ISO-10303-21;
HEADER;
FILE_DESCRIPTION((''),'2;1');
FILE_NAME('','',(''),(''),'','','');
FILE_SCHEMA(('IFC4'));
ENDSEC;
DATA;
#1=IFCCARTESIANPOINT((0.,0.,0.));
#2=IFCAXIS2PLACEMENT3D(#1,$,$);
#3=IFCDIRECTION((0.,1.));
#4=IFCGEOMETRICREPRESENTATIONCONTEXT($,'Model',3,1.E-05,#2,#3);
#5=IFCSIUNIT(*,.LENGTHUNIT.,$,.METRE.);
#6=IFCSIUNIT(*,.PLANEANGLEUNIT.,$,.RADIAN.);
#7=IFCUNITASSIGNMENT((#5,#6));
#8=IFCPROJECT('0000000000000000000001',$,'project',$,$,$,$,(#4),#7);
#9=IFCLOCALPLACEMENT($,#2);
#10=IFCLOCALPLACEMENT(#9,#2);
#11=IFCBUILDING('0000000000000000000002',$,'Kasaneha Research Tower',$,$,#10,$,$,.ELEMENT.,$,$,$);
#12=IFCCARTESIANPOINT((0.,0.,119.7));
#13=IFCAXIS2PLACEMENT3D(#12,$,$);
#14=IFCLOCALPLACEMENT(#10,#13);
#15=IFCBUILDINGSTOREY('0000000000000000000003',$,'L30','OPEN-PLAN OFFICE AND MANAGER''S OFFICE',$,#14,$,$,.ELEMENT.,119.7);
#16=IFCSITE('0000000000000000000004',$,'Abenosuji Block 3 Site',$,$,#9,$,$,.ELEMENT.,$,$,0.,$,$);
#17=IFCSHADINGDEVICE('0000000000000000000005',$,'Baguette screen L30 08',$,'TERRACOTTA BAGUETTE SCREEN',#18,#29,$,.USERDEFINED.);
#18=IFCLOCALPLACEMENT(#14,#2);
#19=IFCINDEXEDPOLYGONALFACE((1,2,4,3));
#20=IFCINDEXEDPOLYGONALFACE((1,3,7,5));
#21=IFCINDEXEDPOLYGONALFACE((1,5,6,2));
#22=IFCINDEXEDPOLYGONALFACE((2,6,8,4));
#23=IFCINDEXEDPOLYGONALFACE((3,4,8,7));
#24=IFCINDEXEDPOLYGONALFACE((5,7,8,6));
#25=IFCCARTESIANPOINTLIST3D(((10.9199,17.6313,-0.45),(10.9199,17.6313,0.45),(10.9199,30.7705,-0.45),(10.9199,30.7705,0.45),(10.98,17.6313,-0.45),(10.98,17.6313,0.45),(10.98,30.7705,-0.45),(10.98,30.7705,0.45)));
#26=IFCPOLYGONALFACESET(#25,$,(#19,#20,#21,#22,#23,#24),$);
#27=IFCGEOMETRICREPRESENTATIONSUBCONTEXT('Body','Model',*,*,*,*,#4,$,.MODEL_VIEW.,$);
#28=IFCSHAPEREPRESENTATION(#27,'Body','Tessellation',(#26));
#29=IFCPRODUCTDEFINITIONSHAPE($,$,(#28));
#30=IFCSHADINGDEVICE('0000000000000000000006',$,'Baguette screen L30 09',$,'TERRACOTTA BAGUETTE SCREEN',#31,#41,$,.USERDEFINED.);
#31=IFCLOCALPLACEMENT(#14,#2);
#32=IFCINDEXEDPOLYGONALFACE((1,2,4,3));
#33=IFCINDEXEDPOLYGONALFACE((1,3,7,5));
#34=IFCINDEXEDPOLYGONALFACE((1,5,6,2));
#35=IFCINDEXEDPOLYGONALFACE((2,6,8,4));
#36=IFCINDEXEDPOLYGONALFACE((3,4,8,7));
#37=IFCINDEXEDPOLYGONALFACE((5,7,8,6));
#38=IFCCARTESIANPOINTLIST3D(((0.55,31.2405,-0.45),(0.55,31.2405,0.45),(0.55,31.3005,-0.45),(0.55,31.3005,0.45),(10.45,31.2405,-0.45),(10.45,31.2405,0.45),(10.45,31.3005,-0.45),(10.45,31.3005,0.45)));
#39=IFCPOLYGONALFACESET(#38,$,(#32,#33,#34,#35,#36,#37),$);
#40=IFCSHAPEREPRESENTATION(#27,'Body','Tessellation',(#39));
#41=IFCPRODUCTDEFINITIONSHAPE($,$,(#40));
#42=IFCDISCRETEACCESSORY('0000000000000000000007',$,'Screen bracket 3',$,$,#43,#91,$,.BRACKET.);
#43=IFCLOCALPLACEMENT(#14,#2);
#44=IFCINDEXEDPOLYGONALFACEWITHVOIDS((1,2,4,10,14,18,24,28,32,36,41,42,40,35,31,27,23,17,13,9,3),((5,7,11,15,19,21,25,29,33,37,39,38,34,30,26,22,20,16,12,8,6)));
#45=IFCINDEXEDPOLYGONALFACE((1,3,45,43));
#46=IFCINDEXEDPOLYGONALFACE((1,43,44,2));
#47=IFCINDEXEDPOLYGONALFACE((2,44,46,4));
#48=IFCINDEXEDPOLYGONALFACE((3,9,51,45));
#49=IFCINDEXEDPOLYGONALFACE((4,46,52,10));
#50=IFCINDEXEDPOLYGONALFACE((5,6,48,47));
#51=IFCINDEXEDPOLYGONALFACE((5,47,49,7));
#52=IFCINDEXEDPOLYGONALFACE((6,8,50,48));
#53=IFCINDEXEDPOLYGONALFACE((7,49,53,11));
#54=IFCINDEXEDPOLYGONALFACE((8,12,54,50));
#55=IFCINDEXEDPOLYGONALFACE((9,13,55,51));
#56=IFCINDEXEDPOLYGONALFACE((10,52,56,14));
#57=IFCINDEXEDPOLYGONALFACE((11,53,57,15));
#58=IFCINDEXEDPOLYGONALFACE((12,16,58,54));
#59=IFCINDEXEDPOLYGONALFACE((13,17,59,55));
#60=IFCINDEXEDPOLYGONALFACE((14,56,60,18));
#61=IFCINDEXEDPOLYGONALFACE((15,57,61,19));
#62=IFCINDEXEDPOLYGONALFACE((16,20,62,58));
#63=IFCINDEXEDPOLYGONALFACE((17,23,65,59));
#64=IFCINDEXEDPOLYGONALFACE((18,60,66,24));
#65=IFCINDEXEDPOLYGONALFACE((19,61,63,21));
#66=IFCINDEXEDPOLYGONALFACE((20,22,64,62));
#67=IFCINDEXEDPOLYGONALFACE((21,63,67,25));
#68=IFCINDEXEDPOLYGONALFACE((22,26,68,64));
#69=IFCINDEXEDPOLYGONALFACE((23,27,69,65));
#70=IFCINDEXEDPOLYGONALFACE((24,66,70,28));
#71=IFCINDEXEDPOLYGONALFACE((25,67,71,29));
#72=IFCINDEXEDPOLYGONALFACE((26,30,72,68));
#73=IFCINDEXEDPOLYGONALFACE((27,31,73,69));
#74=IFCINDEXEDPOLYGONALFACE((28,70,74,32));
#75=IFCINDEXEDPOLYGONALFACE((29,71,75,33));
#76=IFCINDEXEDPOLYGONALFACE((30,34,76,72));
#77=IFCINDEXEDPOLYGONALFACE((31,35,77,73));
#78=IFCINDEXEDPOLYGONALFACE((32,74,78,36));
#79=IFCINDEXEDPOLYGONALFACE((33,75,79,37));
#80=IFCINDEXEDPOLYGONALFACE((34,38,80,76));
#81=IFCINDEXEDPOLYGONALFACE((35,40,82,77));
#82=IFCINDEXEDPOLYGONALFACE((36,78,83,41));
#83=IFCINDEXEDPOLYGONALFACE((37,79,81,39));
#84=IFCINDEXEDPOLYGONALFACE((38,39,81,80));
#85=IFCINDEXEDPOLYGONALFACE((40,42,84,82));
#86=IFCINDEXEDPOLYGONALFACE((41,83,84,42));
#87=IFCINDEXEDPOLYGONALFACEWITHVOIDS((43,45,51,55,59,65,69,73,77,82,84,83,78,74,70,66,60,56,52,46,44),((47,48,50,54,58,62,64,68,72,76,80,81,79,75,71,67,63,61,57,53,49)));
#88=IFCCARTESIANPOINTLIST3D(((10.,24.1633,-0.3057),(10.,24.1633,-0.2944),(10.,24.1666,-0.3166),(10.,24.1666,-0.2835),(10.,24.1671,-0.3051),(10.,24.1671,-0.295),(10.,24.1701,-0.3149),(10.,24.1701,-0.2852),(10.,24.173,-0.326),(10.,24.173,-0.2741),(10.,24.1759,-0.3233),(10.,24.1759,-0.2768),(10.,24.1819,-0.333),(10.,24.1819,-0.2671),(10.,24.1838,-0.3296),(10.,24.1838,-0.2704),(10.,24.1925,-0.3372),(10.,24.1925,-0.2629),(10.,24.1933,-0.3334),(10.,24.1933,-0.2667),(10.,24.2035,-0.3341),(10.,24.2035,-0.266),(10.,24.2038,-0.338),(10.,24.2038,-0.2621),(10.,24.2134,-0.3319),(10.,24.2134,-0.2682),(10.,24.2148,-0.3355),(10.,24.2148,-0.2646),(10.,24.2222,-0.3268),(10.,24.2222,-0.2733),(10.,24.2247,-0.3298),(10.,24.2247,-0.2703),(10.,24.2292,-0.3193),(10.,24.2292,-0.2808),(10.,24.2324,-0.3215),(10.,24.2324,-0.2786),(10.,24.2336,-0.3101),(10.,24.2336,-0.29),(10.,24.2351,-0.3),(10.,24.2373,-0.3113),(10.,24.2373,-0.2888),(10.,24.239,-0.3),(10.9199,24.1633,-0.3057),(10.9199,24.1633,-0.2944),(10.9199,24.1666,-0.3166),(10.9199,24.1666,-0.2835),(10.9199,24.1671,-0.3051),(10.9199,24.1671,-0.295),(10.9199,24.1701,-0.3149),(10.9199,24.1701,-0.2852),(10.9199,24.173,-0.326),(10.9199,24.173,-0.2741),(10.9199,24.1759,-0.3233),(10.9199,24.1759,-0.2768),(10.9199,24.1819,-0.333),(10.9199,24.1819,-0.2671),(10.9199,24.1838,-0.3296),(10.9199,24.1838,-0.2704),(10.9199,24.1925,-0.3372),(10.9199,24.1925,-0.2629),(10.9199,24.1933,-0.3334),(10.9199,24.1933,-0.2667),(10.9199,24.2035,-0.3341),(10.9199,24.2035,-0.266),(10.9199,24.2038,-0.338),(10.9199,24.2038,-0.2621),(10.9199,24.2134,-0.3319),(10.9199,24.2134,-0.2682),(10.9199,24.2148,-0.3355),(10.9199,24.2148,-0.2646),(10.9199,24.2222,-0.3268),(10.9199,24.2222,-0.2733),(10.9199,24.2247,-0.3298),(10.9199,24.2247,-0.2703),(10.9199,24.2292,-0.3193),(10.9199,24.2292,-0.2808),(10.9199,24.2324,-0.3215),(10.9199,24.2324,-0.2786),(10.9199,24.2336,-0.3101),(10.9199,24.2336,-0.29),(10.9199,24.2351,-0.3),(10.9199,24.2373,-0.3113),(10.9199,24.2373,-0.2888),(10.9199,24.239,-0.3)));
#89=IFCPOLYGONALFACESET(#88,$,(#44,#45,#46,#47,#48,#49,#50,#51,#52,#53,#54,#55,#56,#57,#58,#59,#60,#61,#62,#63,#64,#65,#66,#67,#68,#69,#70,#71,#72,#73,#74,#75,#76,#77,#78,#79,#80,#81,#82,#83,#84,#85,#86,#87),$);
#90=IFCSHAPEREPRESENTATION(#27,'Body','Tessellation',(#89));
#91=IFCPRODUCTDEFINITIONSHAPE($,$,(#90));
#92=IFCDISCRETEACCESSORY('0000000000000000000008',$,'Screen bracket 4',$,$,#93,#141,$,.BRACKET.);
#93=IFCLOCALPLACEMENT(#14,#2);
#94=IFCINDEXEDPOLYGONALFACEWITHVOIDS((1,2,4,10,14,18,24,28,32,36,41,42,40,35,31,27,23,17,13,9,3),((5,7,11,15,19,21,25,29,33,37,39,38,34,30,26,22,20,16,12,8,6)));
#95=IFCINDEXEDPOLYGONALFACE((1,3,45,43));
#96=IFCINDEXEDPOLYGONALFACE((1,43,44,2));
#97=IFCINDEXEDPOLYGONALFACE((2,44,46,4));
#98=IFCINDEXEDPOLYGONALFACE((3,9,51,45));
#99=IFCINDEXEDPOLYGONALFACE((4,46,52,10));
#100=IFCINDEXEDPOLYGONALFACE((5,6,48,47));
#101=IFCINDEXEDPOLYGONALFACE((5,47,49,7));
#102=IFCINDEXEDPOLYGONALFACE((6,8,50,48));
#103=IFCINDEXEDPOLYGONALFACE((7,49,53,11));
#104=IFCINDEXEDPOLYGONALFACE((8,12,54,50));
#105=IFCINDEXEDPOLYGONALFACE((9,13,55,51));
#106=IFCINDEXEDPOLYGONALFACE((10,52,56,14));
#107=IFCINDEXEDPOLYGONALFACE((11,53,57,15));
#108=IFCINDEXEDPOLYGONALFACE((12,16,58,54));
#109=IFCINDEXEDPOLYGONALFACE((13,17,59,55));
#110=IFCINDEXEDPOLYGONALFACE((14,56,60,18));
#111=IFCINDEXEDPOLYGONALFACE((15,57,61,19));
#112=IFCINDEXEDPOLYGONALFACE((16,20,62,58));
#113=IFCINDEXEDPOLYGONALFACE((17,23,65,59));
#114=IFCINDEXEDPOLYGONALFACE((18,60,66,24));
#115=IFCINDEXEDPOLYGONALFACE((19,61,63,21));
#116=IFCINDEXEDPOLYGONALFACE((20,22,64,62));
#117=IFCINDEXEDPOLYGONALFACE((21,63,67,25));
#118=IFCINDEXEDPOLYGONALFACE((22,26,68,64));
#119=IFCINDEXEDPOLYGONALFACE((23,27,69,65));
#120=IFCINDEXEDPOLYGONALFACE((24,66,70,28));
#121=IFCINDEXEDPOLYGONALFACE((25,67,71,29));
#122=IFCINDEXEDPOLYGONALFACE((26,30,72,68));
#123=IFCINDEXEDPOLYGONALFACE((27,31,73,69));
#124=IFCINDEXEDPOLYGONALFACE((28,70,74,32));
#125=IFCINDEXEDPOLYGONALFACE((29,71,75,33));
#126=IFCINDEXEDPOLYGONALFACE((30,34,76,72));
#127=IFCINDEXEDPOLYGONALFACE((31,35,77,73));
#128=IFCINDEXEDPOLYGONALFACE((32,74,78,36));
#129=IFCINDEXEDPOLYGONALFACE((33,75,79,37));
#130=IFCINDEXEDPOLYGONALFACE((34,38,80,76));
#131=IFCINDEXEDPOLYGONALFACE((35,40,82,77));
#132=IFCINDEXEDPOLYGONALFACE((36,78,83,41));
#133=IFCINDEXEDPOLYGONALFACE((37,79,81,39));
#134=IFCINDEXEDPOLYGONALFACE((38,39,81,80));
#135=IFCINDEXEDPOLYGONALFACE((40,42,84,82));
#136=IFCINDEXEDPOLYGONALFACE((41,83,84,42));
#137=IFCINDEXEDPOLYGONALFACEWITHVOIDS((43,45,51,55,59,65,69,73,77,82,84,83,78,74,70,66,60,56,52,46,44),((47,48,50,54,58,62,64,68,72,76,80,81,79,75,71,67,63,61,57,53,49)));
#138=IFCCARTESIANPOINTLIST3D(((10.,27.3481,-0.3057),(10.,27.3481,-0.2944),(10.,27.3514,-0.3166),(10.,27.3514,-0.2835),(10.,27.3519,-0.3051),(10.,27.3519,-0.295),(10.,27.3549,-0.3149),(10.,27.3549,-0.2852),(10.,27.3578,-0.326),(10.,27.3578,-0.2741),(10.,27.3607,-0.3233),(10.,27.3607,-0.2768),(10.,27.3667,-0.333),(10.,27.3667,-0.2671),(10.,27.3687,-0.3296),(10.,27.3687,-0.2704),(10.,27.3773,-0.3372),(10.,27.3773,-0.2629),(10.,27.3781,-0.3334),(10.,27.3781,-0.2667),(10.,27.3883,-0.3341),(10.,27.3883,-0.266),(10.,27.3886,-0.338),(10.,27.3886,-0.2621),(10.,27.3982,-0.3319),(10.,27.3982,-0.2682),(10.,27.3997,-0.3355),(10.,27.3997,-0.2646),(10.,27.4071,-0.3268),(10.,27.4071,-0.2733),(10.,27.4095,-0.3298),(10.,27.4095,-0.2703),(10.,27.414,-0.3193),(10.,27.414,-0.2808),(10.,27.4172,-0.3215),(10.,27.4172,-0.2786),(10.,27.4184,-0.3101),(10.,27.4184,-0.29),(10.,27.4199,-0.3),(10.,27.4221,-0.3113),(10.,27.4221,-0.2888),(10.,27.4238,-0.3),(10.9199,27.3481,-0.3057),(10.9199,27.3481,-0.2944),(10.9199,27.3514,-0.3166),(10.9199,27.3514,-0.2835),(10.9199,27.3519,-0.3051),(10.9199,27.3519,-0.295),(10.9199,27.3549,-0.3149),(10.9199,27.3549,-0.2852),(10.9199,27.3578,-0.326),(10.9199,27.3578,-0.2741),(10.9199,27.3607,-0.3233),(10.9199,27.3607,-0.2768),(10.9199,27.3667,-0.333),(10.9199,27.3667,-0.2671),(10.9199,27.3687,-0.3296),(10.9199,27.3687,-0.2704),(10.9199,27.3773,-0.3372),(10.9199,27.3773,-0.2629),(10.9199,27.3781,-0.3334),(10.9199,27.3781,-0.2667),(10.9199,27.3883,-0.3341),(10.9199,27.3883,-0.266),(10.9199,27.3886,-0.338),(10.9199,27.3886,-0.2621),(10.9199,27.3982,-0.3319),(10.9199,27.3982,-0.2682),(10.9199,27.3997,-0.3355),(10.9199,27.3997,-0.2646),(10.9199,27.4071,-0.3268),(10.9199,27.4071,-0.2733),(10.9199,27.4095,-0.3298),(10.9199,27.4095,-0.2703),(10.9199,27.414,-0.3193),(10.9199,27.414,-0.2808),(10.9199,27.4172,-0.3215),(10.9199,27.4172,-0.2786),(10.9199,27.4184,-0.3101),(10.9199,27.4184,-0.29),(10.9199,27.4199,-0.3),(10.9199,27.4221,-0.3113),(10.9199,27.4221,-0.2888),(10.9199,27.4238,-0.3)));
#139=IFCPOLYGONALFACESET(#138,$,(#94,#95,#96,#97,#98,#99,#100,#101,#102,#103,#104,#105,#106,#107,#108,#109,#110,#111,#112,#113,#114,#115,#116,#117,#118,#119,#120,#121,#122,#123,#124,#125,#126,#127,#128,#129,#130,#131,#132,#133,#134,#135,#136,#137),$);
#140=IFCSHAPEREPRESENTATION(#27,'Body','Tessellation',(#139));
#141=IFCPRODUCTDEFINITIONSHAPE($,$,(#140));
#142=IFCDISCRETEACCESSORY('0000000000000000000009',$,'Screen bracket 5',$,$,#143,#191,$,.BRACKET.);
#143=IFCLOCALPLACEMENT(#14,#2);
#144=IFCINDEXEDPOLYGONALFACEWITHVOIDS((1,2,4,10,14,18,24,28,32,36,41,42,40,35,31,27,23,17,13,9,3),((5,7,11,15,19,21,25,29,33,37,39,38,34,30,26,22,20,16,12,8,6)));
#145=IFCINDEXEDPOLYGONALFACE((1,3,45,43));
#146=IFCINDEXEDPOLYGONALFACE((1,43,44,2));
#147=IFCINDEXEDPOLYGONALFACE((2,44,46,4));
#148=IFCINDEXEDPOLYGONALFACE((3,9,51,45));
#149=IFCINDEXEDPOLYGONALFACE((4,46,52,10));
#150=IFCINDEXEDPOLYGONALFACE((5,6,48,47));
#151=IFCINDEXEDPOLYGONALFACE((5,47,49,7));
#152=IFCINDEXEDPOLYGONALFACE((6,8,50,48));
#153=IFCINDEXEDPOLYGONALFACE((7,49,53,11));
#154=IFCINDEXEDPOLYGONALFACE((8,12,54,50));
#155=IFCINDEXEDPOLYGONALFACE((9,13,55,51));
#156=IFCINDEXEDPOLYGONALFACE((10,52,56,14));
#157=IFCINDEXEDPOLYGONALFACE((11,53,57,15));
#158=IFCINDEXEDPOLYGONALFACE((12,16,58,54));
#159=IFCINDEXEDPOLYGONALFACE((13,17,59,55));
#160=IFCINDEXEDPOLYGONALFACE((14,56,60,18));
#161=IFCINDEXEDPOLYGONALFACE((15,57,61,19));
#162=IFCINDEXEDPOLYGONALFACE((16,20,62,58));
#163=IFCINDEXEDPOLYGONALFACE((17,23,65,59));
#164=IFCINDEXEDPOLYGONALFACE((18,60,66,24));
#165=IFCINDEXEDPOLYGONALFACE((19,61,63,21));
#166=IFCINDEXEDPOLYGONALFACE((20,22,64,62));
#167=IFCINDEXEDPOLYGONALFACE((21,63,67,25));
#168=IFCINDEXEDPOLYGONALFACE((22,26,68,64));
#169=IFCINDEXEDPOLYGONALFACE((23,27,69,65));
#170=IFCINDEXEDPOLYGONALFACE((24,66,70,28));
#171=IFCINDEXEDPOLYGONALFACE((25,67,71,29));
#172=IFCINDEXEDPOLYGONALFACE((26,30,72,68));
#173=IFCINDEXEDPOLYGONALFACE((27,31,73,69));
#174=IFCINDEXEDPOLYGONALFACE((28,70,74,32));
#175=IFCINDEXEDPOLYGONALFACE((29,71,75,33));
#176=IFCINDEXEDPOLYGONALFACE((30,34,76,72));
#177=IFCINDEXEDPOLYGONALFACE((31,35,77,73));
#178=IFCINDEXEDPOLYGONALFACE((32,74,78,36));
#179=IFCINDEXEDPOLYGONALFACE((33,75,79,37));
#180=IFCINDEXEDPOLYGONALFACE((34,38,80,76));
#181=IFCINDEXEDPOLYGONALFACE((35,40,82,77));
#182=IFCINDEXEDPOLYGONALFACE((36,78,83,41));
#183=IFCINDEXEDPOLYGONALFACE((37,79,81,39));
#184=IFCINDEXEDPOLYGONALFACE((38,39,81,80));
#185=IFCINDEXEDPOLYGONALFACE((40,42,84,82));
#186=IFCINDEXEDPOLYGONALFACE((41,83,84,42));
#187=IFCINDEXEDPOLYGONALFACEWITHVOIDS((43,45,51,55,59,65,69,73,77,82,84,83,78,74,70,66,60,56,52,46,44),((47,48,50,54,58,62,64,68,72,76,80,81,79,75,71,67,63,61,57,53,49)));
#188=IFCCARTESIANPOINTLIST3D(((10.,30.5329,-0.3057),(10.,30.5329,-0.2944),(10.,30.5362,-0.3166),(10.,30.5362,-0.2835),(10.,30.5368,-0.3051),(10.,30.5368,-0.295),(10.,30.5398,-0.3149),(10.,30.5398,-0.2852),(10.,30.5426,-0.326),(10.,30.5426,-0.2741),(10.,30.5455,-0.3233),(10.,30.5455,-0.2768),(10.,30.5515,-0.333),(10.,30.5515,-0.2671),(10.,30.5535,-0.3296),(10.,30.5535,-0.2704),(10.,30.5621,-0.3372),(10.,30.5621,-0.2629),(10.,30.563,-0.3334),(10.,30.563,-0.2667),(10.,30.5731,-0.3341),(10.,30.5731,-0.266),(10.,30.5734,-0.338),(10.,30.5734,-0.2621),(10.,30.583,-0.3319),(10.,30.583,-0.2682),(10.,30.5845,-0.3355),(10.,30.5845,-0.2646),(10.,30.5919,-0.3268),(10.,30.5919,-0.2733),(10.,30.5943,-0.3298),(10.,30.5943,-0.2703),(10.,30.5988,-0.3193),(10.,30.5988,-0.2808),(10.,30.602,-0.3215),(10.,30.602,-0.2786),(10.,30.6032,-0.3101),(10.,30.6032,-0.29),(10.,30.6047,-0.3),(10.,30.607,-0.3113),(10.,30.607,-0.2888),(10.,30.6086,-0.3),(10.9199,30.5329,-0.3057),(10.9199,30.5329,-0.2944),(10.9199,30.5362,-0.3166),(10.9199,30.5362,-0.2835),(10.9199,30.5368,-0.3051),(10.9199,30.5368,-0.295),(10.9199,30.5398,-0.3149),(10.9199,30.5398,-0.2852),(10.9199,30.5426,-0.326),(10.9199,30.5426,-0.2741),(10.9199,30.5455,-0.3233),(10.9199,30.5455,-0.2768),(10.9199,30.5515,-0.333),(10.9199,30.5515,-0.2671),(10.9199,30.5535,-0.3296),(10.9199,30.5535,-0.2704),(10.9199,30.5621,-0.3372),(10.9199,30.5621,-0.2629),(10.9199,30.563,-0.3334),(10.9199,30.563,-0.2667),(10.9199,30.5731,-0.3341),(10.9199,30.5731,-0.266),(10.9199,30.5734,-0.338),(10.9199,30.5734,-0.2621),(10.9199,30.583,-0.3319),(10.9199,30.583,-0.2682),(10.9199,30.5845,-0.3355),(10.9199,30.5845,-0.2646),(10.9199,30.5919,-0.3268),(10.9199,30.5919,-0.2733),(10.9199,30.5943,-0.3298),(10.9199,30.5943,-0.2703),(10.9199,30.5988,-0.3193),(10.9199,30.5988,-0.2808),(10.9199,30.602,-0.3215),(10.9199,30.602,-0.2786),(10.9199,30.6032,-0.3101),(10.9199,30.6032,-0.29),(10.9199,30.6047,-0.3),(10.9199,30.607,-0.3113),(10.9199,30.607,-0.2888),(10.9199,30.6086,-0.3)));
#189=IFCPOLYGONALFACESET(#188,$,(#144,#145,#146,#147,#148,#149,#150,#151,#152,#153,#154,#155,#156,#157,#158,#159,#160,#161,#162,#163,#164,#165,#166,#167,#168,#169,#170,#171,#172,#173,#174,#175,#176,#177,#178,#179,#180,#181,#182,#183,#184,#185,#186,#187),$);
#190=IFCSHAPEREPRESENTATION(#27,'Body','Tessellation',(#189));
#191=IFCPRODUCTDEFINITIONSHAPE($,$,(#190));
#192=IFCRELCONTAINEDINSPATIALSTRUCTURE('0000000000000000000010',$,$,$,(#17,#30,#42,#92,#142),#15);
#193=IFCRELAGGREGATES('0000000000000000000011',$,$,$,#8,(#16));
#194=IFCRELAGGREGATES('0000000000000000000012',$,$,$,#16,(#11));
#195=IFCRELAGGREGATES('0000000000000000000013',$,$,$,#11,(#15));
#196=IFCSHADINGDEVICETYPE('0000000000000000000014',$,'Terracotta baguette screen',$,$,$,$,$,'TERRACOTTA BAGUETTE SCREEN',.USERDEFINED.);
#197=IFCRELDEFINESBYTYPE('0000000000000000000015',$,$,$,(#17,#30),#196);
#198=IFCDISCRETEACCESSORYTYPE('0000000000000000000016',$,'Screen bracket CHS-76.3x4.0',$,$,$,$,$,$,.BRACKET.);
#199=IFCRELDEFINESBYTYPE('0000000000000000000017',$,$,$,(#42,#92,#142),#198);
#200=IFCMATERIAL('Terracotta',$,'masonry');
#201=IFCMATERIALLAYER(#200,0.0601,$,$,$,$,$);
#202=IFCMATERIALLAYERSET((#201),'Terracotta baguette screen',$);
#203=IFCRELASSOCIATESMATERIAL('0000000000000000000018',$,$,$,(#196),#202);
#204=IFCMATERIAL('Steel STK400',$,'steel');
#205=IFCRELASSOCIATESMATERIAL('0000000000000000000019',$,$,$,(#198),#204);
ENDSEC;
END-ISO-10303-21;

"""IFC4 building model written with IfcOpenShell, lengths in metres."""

from ifc_helpers import new_model, si_unit, direction, frame, origin, origin_2d, place, context, subcontext, project, spatial, rectangle, hollow_circle, extrude, material, layer, layer_set, material_profile, profile_set, type_object, element, save


model = new_model("IFC4")

# Units and contexts
model_context = context("Model", 3, precision=1e-05, world=origin(), true_north=direction((0.0, 1.0)))
body_context = subcontext(model_context, "Body", "Model", "MODEL_VIEW")
ifc_project = project(units=[si_unit("LENGTHUNIT", "METRE"), si_unit("PLANEANGLEUNIT", "RADIAN")], contexts=[model_context])

# Site, building, storey
site_placement = place(None, origin())
site = spatial("IfcSite", under=ifc_project, at=site_placement, Name="Abenosuji Block 3 Site", CompositionType="ELEMENT", RefElevation=0.0)
building_placement = place(site_placement, origin())
building = spatial("IfcBuilding", under=site, at=building_placement, Name="Kasaneha Research Tower", CompositionType="ELEMENT")
storey_placement = place(building_placement, frame((0.0, 0.0, 119.7)))
storey = spatial("IfcBuildingStorey", under=building, at=storey_placement, Name="L30", Description="OPEN-PLAN OFFICE AND MANAGER'S OFFICE", CompositionType="ELEMENT", Elevation=119.7)

# Shading devices
ifc_material_1 = material(Name="Terracotta", Category="masonry")
ifc_layer_1 = layer(ifc_material_1, 0.0601)
ifc_layer_set_1 = layer_set([ifc_layer_1], Name="Terracotta baguette screen")
shading_device_type = type_object("IfcShadingDeviceType", Name="Terracotta baguette screen", ElementType="TERRACOTTA BAGUETTE SCREEN", PredefinedType="USERDEFINED", material=ifc_layer_set_1)
shading_device_1_placement = place(storey_placement, frame((10.95, 24.2009, -0.45), z_axis=(0.0, 0.0, 1.0), x_axis=(0.0, 1.0, 0.0)))
element("IfcShadingDevice", 1, at=shading_device_1_placement, inside=storey, type_object=shading_device_type, Name="Baguette screen L30 08", ObjectType="TERRACOTTA BAGUETTE SCREEN", PredefinedType="USERDEFINED", context=body_context, shape_type="SweptSolid", body=[
    extrude(rectangle(XDim=13.1392, YDim=0.0601, at=origin_2d()), origin(), (0.0, 0.0, 1.0), 0.8999),
])
shading_device_2_placement = place(storey_placement, frame((5.5, 31.2705, -0.45), z_axis=(0.0, 0.0, 1.0), x_axis=(-1.0, 0.0, 0.0)))
element("IfcShadingDevice", 2, at=shading_device_2_placement, inside=storey, type_object=shading_device_type, Name="Baguette screen L30 09", ObjectType="TERRACOTTA BAGUETTE SCREEN", PredefinedType="USERDEFINED", context=body_context, shape_type="SweptSolid", body=[
    extrude(rectangle(XDim=9.8999, YDim=0.0601, at=origin_2d()), origin(), (0.0, 0.0, 1.0), 0.8999),
])

# Discrete accessories
ifc_material_2 = material(Name="Steel STK400", Category="steel")
ifc_material_profile_1 = material_profile(ifc_material_2, hollow_circle(Radius=0.0381, WallThickness=0.0039, at=origin_2d()), Name="CHS-76.3x4.0")
ifc_profile_set_1 = profile_set([ifc_material_profile_1], Name="Steel STK400")
discrete_accessory_type = type_object("IfcDiscreteAccessoryType", Name="Screen bracket CHS-76.3x4.0", PredefinedType="BRACKET", material=ifc_profile_set_1)
for number, where, z_axis, x_axis, name in (
    (3, (10.0, 24.2009, -0.3), (1.0, 0.0, 0.0), (0.0, 1.0, 0.0), "Screen bracket 3"),
    (4, (10.0, 27.3857, -0.3), (1.0, 0.0, 0.0), (0.0, 1.0, 0.0), "Screen bracket 4"),
    (5, (10.0, 30.5706, -0.3), (1.0, 0.0, 0.0), (0.0, 1.0, 0.0), "Screen bracket 5"),
):
    element("IfcDiscreteAccessory", number, at=place(storey_placement, frame(where, z_axis=z_axis, x_axis=x_axis)), inside=storey, type_object=discrete_accessory_type, Name=name, PredefinedType="BRACKET", context=body_context, shape_type="SweptSolid", body=[
        extrude(hollow_circle(Radius=0.0381, WallThickness=0.0039, at=origin_2d()), origin(), (0.0, 0.0, 1.0), 0.9199),
    ])

save(model, "model.ifc")
